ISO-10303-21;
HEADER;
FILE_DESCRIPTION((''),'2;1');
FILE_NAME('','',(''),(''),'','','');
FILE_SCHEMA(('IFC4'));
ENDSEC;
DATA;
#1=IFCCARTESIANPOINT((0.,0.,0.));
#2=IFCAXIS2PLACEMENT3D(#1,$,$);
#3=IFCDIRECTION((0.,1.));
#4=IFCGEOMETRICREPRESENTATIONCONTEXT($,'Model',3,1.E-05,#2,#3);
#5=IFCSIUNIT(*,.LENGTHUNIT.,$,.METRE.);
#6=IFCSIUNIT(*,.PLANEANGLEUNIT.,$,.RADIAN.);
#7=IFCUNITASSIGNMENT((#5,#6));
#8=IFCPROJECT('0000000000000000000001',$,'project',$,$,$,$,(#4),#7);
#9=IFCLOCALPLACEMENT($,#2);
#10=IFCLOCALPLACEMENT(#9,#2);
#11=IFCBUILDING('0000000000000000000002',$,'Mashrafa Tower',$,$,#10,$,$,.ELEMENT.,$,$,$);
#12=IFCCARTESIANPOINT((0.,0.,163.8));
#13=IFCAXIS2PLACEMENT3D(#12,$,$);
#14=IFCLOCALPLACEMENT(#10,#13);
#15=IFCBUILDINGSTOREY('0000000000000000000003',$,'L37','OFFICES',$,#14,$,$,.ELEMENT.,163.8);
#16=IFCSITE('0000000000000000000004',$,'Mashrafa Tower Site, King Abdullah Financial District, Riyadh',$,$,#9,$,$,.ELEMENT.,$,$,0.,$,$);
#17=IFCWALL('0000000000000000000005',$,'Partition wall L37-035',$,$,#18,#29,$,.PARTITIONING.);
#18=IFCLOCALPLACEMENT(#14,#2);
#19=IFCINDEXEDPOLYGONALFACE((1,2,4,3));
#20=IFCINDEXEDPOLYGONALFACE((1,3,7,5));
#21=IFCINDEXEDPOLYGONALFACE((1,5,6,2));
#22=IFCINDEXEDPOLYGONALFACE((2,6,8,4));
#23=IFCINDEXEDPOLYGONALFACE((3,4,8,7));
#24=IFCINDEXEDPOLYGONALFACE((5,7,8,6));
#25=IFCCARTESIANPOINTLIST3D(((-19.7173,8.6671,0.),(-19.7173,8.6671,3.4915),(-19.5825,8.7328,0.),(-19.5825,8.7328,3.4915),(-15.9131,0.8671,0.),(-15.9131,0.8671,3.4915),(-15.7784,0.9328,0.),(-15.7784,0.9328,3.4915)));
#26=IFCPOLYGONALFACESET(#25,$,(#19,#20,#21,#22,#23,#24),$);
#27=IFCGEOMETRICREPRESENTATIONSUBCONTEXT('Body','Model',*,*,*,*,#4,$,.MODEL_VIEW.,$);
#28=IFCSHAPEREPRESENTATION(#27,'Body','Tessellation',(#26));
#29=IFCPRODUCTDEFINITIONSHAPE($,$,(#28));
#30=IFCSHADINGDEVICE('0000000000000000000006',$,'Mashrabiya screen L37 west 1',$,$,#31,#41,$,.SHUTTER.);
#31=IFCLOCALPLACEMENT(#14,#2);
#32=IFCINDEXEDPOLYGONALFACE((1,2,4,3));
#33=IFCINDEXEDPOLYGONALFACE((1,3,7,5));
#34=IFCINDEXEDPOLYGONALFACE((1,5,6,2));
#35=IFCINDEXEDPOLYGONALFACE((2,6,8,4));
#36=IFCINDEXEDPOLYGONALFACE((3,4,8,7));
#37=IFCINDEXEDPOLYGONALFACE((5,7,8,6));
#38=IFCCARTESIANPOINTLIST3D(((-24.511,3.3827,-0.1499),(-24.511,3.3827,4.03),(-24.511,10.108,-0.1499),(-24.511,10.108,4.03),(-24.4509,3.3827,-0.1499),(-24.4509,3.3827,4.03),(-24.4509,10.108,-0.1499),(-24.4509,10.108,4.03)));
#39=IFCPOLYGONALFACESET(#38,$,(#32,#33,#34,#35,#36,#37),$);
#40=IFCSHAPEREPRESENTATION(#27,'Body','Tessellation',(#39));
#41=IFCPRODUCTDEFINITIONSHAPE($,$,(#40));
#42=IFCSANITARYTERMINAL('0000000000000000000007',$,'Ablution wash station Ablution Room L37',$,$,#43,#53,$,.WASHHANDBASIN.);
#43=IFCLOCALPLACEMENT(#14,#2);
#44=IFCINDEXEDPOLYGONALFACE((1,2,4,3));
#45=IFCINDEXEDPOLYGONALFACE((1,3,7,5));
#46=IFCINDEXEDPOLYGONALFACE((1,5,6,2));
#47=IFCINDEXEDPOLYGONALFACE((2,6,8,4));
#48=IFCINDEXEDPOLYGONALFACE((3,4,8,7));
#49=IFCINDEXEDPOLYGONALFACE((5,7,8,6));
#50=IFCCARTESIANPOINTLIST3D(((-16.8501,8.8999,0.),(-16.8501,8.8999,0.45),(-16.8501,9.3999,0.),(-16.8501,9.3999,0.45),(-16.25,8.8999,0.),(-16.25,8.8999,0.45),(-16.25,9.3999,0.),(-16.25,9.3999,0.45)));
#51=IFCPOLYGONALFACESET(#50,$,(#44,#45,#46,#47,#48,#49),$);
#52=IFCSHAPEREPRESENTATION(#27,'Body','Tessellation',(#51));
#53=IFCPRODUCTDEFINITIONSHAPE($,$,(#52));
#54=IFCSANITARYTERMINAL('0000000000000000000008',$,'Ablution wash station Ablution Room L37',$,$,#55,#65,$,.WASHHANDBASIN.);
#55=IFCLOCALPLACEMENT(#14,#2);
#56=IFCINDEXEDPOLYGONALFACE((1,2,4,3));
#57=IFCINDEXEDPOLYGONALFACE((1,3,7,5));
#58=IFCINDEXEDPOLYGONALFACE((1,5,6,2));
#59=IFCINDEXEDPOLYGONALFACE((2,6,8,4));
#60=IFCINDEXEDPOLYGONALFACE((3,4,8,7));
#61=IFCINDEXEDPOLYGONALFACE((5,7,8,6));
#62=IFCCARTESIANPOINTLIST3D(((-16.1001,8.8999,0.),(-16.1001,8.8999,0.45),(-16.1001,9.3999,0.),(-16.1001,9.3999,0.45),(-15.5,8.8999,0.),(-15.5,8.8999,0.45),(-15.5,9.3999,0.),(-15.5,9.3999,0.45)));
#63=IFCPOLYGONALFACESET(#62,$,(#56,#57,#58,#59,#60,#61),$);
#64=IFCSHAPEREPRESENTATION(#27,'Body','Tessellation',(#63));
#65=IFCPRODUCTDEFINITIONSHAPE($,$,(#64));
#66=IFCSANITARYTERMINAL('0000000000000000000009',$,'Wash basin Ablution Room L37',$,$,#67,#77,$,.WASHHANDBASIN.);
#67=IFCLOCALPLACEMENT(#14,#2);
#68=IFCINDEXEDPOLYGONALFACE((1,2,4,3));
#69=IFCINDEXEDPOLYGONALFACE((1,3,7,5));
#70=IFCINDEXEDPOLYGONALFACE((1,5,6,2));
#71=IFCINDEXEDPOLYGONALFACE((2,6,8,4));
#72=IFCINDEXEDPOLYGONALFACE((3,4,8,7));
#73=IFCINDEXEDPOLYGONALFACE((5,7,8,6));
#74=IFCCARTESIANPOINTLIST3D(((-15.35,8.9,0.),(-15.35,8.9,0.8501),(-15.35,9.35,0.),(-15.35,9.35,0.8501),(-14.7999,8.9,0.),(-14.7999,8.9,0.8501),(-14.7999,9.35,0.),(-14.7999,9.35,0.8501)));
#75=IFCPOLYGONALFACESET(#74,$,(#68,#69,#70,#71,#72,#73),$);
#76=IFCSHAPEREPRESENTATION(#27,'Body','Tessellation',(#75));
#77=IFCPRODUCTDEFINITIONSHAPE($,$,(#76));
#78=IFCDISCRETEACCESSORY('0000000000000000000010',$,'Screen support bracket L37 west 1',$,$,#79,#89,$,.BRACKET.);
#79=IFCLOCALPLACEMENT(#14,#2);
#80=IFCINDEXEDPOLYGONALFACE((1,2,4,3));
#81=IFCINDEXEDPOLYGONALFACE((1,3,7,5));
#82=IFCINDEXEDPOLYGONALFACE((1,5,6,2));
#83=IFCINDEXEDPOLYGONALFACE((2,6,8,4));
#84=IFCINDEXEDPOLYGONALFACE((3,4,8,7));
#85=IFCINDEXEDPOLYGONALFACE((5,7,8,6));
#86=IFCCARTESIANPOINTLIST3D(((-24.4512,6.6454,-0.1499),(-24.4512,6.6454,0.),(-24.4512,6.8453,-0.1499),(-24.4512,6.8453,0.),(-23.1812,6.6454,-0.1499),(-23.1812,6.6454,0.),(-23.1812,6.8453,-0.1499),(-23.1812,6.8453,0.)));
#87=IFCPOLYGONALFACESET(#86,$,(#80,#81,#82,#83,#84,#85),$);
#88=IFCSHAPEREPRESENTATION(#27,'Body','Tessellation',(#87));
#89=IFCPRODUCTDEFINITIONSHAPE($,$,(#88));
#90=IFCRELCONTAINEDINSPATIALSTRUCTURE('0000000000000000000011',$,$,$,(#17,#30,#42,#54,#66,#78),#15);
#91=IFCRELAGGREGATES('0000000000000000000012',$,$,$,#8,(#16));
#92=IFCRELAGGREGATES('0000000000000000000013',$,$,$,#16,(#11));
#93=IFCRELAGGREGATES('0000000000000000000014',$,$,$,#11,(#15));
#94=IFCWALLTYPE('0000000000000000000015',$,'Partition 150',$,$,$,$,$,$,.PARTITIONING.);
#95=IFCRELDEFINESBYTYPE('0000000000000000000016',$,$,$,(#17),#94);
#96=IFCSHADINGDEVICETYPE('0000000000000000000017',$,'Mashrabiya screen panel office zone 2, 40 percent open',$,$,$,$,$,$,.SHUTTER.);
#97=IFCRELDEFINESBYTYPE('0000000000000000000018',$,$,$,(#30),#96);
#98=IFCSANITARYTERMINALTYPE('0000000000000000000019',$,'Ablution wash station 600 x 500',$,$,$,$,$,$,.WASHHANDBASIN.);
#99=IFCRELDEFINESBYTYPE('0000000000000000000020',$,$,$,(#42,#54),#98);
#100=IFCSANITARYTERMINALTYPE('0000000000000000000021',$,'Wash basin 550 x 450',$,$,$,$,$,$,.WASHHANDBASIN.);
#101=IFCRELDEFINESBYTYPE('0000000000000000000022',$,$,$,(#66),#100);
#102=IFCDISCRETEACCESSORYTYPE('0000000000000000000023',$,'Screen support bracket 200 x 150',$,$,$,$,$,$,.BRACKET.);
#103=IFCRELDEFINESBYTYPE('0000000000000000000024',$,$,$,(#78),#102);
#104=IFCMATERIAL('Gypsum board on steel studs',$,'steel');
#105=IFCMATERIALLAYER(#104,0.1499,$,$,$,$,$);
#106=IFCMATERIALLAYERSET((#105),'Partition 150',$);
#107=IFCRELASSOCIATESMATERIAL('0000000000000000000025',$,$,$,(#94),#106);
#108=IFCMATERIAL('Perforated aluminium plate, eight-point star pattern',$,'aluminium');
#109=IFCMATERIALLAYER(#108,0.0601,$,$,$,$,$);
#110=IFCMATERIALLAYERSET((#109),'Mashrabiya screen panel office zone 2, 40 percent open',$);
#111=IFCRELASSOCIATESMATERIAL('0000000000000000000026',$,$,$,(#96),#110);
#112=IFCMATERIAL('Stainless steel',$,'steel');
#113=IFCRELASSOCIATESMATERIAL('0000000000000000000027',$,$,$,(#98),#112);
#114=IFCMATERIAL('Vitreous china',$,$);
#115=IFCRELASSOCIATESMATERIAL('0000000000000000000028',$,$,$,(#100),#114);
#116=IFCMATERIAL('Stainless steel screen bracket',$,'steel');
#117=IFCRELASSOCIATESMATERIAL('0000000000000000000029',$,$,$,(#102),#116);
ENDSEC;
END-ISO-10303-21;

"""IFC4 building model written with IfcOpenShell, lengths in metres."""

from ifc_helpers import new_model, si_unit, direction, frame, frame_2d, origin, origin_2d, place, context, subcontext, project, spatial, rectangle, extrude, source, transform, mapped, material, layer, layer_set, type_object, type_shapes, element, save


model = new_model("IFC4")

# Units and contexts
model_context = context("Model", 3, precision=1e-05, world=origin(), true_north=direction((0.0, 1.0)))
body_context = subcontext(model_context, "Body", "Model", "MODEL_VIEW")
ifc_project = project(units=[si_unit("LENGTHUNIT", "METRE"), si_unit("PLANEANGLEUNIT", "RADIAN")], contexts=[model_context])

# Site, building, storey
site_placement = place(None, origin())
site = spatial("IfcSite", under=ifc_project, at=site_placement, Name="Mashrafa Tower Site, King Abdullah Financial District, Riyadh", CompositionType="ELEMENT", RefElevation=0.0)
building_placement = place(site_placement, origin())
building = spatial("IfcBuilding", under=site, at=building_placement, Name="Mashrafa Tower", CompositionType="ELEMENT")
storey_placement = place(building_placement, frame((0.0, 0.0, 163.8)))
storey = spatial("IfcBuildingStorey", under=building, at=storey_placement, Name="L37", Description="OFFICES", CompositionType="ELEMENT", Elevation=163.8)

# Wall
ifc_material_1 = material(Name="Gypsum board on steel studs", Category="steel")
ifc_layer_1 = layer(ifc_material_1, 0.1499)
ifc_layer_set_1 = layer_set([ifc_layer_1], Name="Partition 150")
wall_type_1 = type_object("IfcWallType", Name="Partition 150", PredefinedType="PARTITIONING", material=ifc_layer_set_1)
wall_1_placement = place(storey_placement, frame((-19.6499, 8.7, 0.0), z_axis=(0.0, 0.0, 1.0), x_axis=(0.438358, -0.8988, 0.0)))
element("IfcWall", 1, at=wall_1_placement, inside=storey, type_object=wall_type_1, Name="Partition wall L37-035", PredefinedType="PARTITIONING", context=body_context, shape_type="SweptSolid", body=[
    extrude(rectangle(XDim=8.6782, YDim=0.1499, at=frame_2d((4.3391, 0.0))), origin(), (0.0, 0.0, 1.0), 3.4915),
])

# Shading device
ifc_material_2 = material(Name="Perforated aluminium plate, eight-point star pattern", Category="aluminium")
ifc_layer_2 = layer(ifc_material_2, 0.0601)
ifc_layer_set_2 = layer_set([ifc_layer_2], Name="Mashrabiya screen panel office zone 2, 40 percent open")
shading_device_type = type_object("IfcShadingDeviceType", Name="Mashrabiya screen panel office zone 2, 40 percent open", PredefinedType="SHUTTER", material=ifc_layer_set_2)
shared_shape_1 = source(origin(), body_context, "Body", "SweptSolid", [
    extrude(rectangle(XDim=6.7253, YDim=0.0601, at=origin_2d()), origin(), (0.0, 0.0, 1.0), 4.1799),
])
type_shapes(shading_device_type, [shared_shape_1])
shading_device_placement = place(storey_placement, frame((-24.481, 6.7454, -0.1499), z_axis=(0.0, 0.0, 1.0), x_axis=(0.0, -1.0, 0.0)))
element("IfcShadingDevice", 2, at=shading_device_placement, inside=storey, type_object=shading_device_type, Name="Mashrabiya screen L37 west 1", PredefinedType="SHUTTER", context=body_context, shape_type="MappedRepresentation", body=[
    mapped(shared_shape_1, transform((0.0, 0.0, 0.0))),
])

# Sanitary terminals
ifc_material_3 = material(Name="Stainless steel", Category="steel")
sanitary_terminal_type_1 = type_object("IfcSanitaryTerminalType", Name="Ablution wash station 600 x 500", PredefinedType="WASHHANDBASIN", material=ifc_material_3)
for number, where, z_axis, x_axis, name in (
    (3, (-16.55, 9.1499, 0.0), (0.0, 0.0, 1.0), (1.0, 0.0, 0.0), "Ablution wash station Ablution Room L37"),
    (4, (-15.8, 9.1499, 0.0), (0.0, 0.0, 1.0), (1.0, 0.0, 0.0), "Ablution wash station Ablution Room L37"),
):
    element("IfcSanitaryTerminal", number, at=place(storey_placement, frame(where, z_axis=z_axis, x_axis=x_axis)), inside=storey, type_object=sanitary_terminal_type_1, Name=name, PredefinedType="WASHHANDBASIN", context=body_context, shape_type="SweptSolid", body=[
        extrude(rectangle(XDim=0.6001, YDim=0.5, at=origin_2d()), origin(), (0.0, 0.0, 1.0), 0.45),
    ])
ifc_material_4 = material(Name="Vitreous china")
sanitary_terminal_type_2 = type_object("IfcSanitaryTerminalType", Name="Wash basin 550 x 450", PredefinedType="WASHHANDBASIN", material=ifc_material_4)
sanitary_terminal_placement = place(storey_placement, frame((-15.075, 9.125, 0.0), z_axis=(0.0, 0.0, 1.0), x_axis=(1.0, 0.0, 0.0)))
element("IfcSanitaryTerminal", 5, at=sanitary_terminal_placement, inside=storey, type_object=sanitary_terminal_type_2, Name="Wash basin Ablution Room L37", PredefinedType="WASHHANDBASIN", context=body_context, shape_type="SweptSolid", body=[
    extrude(rectangle(XDim=0.55, YDim=0.45, at=origin_2d()), origin(), (0.0, 0.0, 1.0), 0.8501),
])

# Discrete accessory
ifc_material_5 = material(Name="Stainless steel screen bracket", Category="steel")
discrete_accessory_type = type_object("IfcDiscreteAccessoryType", Name="Screen support bracket 200 x 150", PredefinedType="BRACKET", material=ifc_material_5)
shared_shape_2 = source(origin(), body_context, "Body", "SweptSolid", [
    extrude(rectangle(XDim=0.2, YDim=1.27, at=origin_2d()), origin(), (0.0, 0.0, 1.0), 0.1499),
])
type_shapes(discrete_accessory_type, [shared_shape_2])
discrete_accessory_placement = place(storey_placement, frame((-23.8162, 6.7454, -0.1499), z_axis=(0.0, 0.0, 1.0), x_axis=(0.0, -1.0, 0.0)))
element("IfcDiscreteAccessory", 6, at=discrete_accessory_placement, inside=storey, type_object=discrete_accessory_type, Name="Screen support bracket L37 west 1", PredefinedType="BRACKET", context=body_context, shape_type="MappedRepresentation", body=[
    mapped(shared_shape_2, transform((0.0, 0.0, 0.0))),
])

save(model, "model.ifc")
